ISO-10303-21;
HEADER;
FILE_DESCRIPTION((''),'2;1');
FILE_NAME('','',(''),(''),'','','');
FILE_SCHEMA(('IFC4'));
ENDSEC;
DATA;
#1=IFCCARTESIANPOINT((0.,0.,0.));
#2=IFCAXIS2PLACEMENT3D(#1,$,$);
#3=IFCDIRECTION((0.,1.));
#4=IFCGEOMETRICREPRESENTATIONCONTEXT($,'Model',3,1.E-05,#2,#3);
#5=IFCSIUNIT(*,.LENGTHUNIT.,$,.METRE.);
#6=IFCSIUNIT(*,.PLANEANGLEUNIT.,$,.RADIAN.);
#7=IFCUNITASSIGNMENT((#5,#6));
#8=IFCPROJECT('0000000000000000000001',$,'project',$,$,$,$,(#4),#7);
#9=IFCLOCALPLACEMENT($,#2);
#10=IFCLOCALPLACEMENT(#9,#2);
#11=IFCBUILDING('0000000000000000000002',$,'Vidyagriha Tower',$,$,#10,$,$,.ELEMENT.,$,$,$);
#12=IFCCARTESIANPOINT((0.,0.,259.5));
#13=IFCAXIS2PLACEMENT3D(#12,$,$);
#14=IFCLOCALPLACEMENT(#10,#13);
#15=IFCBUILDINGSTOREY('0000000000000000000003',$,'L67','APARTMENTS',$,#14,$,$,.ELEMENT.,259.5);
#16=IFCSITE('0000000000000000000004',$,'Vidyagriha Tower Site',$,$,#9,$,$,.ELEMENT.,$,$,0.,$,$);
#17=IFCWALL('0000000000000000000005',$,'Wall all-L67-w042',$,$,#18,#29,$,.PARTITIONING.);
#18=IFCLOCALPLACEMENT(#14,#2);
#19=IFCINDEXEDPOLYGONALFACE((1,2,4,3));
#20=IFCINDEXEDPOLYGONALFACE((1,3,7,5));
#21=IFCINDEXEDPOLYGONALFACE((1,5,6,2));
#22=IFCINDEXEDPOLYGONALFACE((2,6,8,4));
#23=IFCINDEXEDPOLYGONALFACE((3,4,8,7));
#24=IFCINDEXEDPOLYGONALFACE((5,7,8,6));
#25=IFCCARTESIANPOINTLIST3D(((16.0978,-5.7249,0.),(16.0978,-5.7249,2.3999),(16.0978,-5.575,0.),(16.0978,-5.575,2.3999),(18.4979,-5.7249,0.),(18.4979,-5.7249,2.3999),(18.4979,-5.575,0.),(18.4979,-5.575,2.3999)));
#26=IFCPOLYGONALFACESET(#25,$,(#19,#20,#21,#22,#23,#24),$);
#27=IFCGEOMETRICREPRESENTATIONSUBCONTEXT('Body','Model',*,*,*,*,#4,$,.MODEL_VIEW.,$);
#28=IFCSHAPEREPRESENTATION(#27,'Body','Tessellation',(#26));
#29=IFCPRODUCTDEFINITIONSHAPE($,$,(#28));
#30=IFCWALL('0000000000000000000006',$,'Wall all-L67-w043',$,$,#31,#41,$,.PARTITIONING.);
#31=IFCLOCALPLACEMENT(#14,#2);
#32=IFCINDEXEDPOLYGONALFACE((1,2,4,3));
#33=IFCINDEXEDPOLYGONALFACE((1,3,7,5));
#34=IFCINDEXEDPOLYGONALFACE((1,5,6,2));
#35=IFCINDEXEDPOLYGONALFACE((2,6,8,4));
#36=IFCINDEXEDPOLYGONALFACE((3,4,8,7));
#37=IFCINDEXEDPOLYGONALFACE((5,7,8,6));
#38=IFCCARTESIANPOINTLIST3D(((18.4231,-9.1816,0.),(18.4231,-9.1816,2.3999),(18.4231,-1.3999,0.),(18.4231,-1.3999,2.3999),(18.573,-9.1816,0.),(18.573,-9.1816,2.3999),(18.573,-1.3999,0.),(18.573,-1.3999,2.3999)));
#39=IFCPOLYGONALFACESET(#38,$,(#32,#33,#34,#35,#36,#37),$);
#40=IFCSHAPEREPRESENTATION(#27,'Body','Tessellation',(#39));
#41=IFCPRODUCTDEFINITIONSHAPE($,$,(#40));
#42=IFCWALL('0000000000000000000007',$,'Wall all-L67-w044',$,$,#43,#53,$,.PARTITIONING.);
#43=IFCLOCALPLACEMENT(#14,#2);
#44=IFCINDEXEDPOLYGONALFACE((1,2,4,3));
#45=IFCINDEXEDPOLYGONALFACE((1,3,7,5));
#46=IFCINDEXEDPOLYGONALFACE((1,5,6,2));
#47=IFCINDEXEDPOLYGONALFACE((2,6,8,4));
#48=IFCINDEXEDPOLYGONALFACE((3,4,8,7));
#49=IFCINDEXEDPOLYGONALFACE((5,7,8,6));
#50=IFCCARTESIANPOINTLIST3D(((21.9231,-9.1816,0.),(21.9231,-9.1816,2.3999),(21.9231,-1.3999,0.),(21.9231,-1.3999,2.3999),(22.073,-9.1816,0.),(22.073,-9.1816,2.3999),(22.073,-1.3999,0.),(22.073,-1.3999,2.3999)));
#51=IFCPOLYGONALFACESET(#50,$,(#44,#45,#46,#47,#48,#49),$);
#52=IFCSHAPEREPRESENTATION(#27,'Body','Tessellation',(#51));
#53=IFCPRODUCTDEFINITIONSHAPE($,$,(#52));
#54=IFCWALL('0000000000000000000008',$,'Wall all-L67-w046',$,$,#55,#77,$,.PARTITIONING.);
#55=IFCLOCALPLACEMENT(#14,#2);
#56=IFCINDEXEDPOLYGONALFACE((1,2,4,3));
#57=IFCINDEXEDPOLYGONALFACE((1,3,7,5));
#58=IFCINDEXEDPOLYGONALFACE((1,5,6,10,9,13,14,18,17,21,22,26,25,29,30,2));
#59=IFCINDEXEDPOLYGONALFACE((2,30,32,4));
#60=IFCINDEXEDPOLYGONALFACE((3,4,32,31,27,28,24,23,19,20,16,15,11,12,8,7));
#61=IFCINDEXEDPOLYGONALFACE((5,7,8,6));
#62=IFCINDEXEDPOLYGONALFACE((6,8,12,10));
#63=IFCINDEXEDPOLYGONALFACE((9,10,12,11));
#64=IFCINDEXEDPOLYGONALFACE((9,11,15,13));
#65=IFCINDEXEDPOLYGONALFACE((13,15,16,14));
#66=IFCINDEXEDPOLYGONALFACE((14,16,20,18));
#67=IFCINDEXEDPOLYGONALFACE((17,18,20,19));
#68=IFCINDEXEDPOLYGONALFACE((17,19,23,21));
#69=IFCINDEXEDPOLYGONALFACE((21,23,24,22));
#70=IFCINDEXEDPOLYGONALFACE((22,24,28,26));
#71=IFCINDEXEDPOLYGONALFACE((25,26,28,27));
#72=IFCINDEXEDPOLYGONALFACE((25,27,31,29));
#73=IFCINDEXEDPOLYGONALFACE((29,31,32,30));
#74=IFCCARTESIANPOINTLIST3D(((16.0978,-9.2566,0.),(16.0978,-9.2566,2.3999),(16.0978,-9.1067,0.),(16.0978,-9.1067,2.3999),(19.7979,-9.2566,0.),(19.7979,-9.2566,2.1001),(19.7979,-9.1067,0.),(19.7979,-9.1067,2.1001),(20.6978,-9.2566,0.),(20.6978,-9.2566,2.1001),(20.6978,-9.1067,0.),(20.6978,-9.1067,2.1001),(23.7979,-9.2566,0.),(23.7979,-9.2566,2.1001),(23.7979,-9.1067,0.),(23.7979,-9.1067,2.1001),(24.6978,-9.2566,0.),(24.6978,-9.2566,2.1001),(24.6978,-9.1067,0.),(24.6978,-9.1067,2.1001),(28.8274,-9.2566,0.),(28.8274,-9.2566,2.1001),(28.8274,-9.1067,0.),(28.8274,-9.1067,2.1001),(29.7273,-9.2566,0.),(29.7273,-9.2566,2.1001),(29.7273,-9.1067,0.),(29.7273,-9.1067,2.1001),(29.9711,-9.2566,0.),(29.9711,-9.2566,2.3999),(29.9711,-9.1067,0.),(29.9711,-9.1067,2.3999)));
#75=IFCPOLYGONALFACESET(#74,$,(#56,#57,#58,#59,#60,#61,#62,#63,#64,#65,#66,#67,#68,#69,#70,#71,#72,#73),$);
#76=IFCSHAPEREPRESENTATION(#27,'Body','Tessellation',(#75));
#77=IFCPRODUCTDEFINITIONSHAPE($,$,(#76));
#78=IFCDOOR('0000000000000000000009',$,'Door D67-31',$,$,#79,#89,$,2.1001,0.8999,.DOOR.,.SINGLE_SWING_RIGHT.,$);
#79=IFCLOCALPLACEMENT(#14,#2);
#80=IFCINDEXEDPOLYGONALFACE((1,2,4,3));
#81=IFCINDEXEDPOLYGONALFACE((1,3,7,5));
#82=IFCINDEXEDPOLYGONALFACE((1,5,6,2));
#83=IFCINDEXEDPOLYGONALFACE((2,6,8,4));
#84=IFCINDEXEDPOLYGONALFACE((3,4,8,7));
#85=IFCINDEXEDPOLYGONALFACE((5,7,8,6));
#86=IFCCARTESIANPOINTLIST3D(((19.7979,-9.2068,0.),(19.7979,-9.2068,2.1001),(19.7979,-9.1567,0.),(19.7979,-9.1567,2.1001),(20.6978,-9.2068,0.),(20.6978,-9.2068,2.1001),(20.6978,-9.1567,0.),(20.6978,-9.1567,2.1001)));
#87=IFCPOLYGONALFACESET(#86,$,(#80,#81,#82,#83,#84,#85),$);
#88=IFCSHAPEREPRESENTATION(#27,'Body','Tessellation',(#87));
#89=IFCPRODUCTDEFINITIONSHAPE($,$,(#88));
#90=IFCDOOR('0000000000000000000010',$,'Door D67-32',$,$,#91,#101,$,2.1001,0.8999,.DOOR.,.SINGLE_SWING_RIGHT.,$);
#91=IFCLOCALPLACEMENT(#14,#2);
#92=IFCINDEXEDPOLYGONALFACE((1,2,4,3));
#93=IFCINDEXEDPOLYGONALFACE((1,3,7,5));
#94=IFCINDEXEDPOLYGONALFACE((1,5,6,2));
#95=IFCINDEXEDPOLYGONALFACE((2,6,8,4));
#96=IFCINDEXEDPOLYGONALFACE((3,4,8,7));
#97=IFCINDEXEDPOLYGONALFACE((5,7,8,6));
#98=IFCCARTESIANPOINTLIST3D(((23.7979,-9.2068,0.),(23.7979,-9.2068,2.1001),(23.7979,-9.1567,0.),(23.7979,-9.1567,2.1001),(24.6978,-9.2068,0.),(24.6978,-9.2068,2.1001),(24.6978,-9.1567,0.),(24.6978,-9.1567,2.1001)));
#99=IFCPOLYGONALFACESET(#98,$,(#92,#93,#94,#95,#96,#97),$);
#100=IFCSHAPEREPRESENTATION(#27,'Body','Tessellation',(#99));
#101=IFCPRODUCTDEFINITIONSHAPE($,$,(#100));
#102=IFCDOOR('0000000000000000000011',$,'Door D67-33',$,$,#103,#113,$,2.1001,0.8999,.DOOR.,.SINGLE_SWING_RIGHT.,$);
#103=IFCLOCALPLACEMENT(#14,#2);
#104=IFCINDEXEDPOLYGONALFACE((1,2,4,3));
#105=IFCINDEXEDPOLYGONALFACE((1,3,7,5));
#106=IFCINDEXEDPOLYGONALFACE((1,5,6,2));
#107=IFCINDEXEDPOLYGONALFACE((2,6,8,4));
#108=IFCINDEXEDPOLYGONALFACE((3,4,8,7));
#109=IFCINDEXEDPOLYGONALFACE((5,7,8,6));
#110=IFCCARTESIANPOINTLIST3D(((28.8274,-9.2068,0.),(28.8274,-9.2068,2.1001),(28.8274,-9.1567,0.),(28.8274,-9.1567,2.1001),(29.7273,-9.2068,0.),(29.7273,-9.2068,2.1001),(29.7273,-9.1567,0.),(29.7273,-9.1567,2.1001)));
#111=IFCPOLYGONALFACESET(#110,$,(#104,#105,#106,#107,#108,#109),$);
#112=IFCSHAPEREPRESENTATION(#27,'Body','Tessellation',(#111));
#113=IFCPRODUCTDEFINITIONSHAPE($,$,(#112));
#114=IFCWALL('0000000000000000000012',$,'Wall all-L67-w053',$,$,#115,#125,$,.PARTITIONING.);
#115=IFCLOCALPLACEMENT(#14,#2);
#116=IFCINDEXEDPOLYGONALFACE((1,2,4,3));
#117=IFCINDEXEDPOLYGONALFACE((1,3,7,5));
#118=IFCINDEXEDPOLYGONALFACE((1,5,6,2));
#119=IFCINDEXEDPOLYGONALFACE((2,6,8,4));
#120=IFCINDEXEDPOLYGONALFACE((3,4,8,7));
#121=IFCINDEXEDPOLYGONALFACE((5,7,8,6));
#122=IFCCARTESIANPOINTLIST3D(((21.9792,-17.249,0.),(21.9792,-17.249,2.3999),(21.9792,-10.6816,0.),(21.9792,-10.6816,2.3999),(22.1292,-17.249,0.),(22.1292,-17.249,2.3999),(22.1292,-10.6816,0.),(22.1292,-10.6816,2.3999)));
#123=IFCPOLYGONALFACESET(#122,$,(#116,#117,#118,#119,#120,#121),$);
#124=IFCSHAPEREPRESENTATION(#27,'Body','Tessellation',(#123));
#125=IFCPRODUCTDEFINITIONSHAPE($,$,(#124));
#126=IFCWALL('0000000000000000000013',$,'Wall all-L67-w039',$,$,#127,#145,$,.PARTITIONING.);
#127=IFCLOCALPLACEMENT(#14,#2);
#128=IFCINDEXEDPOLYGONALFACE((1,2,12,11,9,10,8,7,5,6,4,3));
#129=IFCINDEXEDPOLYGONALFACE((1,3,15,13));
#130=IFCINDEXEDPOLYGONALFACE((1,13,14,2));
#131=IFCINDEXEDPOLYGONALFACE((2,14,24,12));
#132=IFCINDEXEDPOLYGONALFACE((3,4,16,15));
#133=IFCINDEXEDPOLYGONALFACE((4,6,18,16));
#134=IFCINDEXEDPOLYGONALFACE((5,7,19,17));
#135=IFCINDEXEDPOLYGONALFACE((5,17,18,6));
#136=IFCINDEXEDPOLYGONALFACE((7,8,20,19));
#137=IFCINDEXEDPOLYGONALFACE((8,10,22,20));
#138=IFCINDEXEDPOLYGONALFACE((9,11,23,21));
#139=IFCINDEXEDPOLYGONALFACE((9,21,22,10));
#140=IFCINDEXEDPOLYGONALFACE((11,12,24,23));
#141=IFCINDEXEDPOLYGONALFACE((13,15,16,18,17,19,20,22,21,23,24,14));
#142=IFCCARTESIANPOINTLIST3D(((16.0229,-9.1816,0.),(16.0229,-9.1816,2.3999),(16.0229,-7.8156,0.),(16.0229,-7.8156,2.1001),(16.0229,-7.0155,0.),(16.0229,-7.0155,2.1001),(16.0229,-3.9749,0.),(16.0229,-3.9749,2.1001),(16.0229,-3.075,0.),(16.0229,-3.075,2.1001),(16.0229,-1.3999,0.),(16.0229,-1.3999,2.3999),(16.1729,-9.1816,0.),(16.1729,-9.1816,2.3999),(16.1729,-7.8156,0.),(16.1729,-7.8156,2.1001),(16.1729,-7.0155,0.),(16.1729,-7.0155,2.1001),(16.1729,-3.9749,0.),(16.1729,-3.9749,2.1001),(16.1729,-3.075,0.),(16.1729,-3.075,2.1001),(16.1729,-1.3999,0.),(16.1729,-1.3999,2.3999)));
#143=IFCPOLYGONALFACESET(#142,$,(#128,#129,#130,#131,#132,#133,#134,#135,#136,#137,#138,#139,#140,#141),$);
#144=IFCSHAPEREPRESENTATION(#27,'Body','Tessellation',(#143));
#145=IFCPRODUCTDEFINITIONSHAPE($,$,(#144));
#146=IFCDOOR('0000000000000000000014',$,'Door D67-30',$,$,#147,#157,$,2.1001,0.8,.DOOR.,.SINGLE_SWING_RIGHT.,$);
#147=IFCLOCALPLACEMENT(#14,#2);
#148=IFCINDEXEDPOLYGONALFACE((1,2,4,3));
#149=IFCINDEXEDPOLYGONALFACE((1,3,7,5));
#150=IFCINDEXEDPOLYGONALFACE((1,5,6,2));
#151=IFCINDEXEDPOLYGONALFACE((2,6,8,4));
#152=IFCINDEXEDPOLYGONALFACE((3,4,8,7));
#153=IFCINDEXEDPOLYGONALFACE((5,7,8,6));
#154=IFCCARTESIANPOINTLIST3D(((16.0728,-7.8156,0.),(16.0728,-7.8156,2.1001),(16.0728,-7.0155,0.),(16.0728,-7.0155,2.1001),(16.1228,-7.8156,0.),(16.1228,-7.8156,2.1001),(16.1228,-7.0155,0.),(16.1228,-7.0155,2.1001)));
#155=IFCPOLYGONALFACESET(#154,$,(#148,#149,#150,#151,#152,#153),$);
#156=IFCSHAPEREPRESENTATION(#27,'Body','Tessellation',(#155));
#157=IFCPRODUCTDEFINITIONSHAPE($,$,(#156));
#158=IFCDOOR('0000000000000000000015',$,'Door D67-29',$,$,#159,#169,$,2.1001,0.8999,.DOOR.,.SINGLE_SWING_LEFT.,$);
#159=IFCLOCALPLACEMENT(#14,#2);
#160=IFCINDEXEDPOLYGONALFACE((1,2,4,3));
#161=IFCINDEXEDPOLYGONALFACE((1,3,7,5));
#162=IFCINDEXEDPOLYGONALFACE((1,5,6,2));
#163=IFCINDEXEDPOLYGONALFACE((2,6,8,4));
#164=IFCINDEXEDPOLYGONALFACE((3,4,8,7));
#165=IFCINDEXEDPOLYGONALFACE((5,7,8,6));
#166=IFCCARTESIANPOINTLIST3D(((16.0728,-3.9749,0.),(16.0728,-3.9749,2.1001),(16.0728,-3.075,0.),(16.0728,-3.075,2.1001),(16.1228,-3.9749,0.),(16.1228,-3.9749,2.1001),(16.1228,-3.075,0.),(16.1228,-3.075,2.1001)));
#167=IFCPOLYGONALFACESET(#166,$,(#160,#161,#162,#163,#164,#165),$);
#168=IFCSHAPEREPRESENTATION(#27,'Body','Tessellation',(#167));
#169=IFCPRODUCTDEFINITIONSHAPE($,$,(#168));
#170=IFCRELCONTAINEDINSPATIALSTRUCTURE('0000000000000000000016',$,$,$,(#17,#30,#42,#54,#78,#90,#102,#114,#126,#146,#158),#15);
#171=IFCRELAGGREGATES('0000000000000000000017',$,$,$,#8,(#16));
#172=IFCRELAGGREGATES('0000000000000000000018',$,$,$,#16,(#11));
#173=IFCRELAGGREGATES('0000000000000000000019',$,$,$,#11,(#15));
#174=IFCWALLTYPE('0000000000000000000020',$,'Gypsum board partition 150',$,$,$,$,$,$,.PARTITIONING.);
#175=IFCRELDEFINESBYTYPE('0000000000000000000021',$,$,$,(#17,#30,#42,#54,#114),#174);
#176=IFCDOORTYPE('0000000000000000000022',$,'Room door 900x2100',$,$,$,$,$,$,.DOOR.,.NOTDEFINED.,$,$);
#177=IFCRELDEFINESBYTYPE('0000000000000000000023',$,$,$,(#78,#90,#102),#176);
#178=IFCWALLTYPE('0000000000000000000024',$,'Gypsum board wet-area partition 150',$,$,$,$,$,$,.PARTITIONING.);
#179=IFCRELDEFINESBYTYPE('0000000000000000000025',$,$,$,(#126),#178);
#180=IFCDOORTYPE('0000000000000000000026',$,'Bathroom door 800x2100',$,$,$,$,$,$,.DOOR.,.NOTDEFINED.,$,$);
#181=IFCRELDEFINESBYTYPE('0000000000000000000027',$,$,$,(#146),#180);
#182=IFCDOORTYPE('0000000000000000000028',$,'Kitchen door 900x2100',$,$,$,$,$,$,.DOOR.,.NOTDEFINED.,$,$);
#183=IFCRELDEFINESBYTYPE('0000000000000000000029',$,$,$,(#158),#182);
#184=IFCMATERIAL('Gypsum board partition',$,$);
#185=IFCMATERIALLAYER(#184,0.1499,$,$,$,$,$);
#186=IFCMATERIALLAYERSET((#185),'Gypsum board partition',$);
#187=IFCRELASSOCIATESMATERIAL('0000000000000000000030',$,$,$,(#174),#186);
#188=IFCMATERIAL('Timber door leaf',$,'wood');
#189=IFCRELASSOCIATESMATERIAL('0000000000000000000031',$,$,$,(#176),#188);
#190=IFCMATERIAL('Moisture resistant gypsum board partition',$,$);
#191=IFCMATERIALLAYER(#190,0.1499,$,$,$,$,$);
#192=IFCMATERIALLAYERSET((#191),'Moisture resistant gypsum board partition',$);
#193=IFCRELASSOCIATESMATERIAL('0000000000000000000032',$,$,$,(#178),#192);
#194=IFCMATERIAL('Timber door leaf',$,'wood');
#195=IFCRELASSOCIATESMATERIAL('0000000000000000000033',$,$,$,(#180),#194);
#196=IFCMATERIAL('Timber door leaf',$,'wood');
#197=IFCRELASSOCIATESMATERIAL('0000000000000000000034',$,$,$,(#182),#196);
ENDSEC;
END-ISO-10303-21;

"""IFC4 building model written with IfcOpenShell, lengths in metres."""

from ifc_helpers import new_model, si_unit, direction, frame, frame_2d, origin, place, context, subcontext, project, spatial, rectangle, extrude, material, layer, layer_set, type_object, element, fill, save


model = new_model("IFC4")

# Units and contexts
model_context = context("Model", 3, precision=1e-05, world=origin(), true_north=direction((0.0, 1.0)))
body_context = subcontext(model_context, "Body", "Model", "MODEL_VIEW")
ifc_project = project(units=[si_unit("LENGTHUNIT", "METRE"), si_unit("PLANEANGLEUNIT", "RADIAN")], contexts=[model_context])

# Site, building, storey
site_placement = place(None, origin())
site = spatial("IfcSite", under=ifc_project, at=site_placement, Name="Vidyagriha Tower Site", CompositionType="ELEMENT", RefElevation=0.0)
building_placement = place(site_placement, origin())
building = spatial("IfcBuilding", under=site, at=building_placement, Name="Vidyagriha Tower", CompositionType="ELEMENT")
storey_placement = place(building_placement, frame((0.0, 0.0, 259.5)))
storey = spatial("IfcBuildingStorey", under=building, at=storey_placement, Name="L67", Description="APARTMENTS", CompositionType="ELEMENT", Elevation=259.5)

# Shared definitions
ifc_material_1 = material(Name="Gypsum board partition")
ifc_layer_1 = layer(ifc_material_1, 0.1499)
ifc_layer_set_1 = layer_set([ifc_layer_1], Name="Gypsum board partition")
wall_type_1 = type_object("IfcWallType", Name="Gypsum board partition 150", PredefinedType="PARTITIONING", material=ifc_layer_set_1)
ifc_material_2 = material(Name="Timber door leaf", Category="wood")
door_type_1 = type_object("IfcDoorType", Name="Room door 900x2100", OperationType="NOTDEFINED", PredefinedType="DOOR", material=ifc_material_2)

# Walls
wall_1_placement = place(storey_placement, frame((18.498, -5.6499, 0.0), z_axis=(0.0, 0.0, 1.0), x_axis=(-1.0, 0.0, 0.0)))
element("IfcWall", 1, at=wall_1_placement, inside=storey, type_object=wall_type_1, Name="Wall all-L67-w042", PredefinedType="PARTITIONING", context=body_context, shape_type="SweptSolid", body=[
    extrude(rectangle(XDim=2.4001, YDim=0.1499, at=frame_2d((1.2002, 0.0))), origin(), (0.0, 0.0, 1.0), 2.3999),
])
for number, where, z_axis, x_axis, name in (
    (2, (18.498, -1.3999, 0.0), (0.0, 0.0, 1.0), (0.0, -1.0, 0.0), "Wall all-L67-w043"),
    (3, (21.998, -1.3999, 0.0), (0.0, 0.0, 1.0), (0.0, -1.0, 0.0), "Wall all-L67-w044"),
):
    element("IfcWall", number, at=place(storey_placement, frame(where, z_axis=z_axis, x_axis=x_axis)), inside=storey, type_object=wall_type_1, Name=name, PredefinedType="PARTITIONING", context=body_context, shape_type="SweptSolid", body=[
        extrude(rectangle(XDim=7.7817, YDim=0.1499, at=frame_2d((3.8909, 0.0))), origin(), (0.0, 0.0, 1.0), 2.3999),
    ])

# Wall, openings, doors
wall_2_placement = place(storey_placement, frame((16.0979, -9.1816, 0.0)))
wall_2 = element("IfcWall", 4, at=wall_2_placement, inside=storey, type_object=wall_type_1, Name="Wall all-L67-w046", PredefinedType="PARTITIONING", context=body_context, shape_type="SweptSolid", body=[
    extrude(rectangle(XDim=13.8733, YDim=0.1499, at=frame_2d((6.9365, 0.0))), origin(), (0.0, 0.0, 1.0), 2.3999),
])
opening_1_placement = place(wall_2_placement, frame((3.7, 0.0, 0.0)))
opening_1 = element("IfcOpeningElement", 5, at=opening_1_placement, cuts=wall_2, PredefinedType="OPENING", context=body_context, shape_type="SweptSolid", body=[
    extrude(rectangle(XDim=0.8999, YDim=2.1001, at=frame_2d((0.45, 1.05))), frame((0.0, 0.085, 0.0), z_axis=(0.0, -1.0, 0.0), x_axis=(1.0, 0.0, 0.0)), (0.0, 0.0, 1.0), 0.1699),
])
opening_2_placement = place(wall_2_placement, frame((7.7, 0.0, 0.0)))
opening_2 = element("IfcOpeningElement", 6, at=opening_2_placement, cuts=wall_2, PredefinedType="OPENING", context=body_context, shape_type="SweptSolid", body=[
    extrude(rectangle(XDim=0.8999, YDim=2.1001, at=frame_2d((0.45, 1.05))), frame((0.0, 0.085, 0.0), z_axis=(0.0, -1.0, 0.0), x_axis=(1.0, 0.0, 0.0)), (0.0, 0.0, 1.0), 0.1699),
])
opening_3_placement = place(wall_2_placement, frame((12.7295, 0.0, 0.0)))
opening_3 = element("IfcOpeningElement", 7, at=opening_3_placement, cuts=wall_2, PredefinedType="OPENING", context=body_context, shape_type="SweptSolid", body=[
    extrude(rectangle(XDim=0.8999, YDim=2.1001, at=frame_2d((0.45, 1.05))), frame((0.0, 0.085, 0.0), z_axis=(0.0, -1.0, 0.0), x_axis=(1.0, 0.0, 0.0)), (0.0, 0.0, 1.0), 0.1699),
])
door_1_placement = place(opening_1_placement, origin())
door_1 = element("IfcDoor", 8, at=door_1_placement, inside=storey, type_object=door_type_1, Name="Door D67-31", OperationType="SINGLE_SWING_RIGHT", OverallHeight=2.1001, OverallWidth=0.8999, PredefinedType="DOOR", context=body_context, shape_type="SweptSolid", body=[
    extrude(rectangle(XDim=0.8999, YDim=2.1001, at=frame_2d((0.45, 1.05))), frame((0.0, 0.0249, 0.0), z_axis=(0.0, -1.0, 0.0), x_axis=(1.0, 0.0, 0.0)), (0.0, 0.0, 1.0), 0.05),
])
fill(opening_1, door_1)
door_2_placement = place(opening_2_placement, origin())
door_2 = element("IfcDoor", 9, at=door_2_placement, inside=storey, type_object=door_type_1, Name="Door D67-32", OperationType="SINGLE_SWING_RIGHT", OverallHeight=2.1001, OverallWidth=0.8999, PredefinedType="DOOR", context=body_context, shape_type="SweptSolid", body=[
    extrude(rectangle(XDim=0.8999, YDim=2.1001, at=frame_2d((0.45, 1.05))), frame((0.0, 0.0249, 0.0), z_axis=(0.0, -1.0, 0.0), x_axis=(1.0, 0.0, 0.0)), (0.0, 0.0, 1.0), 0.05),
])
fill(opening_2, door_2)
door_3_placement = place(opening_3_placement, origin())
door_3 = element("IfcDoor", 10, at=door_3_placement, inside=storey, type_object=door_type_1, Name="Door D67-33", OperationType="SINGLE_SWING_RIGHT", OverallHeight=2.1001, OverallWidth=0.8999, PredefinedType="DOOR", context=body_context, shape_type="SweptSolid", body=[
    extrude(rectangle(XDim=0.8999, YDim=2.1001, at=frame_2d((0.45, 1.05))), frame((0.0, 0.0249, 0.0), z_axis=(0.0, -1.0, 0.0), x_axis=(1.0, 0.0, 0.0)), (0.0, 0.0, 1.0), 0.05),
])
fill(opening_3, door_3)

# Wall
wall_3_placement = place(storey_placement, frame((22.0542, -10.6816, 0.0), z_axis=(0.0, 0.0, 1.0), x_axis=(0.0, -1.0, 0.0)))
element("IfcWall", 11, at=wall_3_placement, inside=storey, type_object=wall_type_1, Name="Wall all-L67-w053", PredefinedType="PARTITIONING", context=body_context, shape_type="SweptSolid", body=[
    extrude(rectangle(XDim=6.5674, YDim=0.1499, at=frame_2d((3.2837, 0.0))), origin(), (0.0, 0.0, 1.0), 2.3999),
])

# Wall, openings, doors
ifc_material_3 = material(Name="Moisture resistant gypsum board partition")
ifc_layer_2 = layer(ifc_material_3, 0.1499)
ifc_layer_set_2 = layer_set([ifc_layer_2], Name="Moisture resistant gypsum board partition")
wall_type_2 = type_object("IfcWallType", Name="Gypsum board wet-area partition 150", PredefinedType="PARTITIONING", material=ifc_layer_set_2)
wall_4_placement = place(storey_placement, frame((16.0979, -1.3999, 0.0), z_axis=(0.0, 0.0, 1.0), x_axis=(0.0, -1.0, 0.0)))
wall_4 = element("IfcWall", 12, at=wall_4_placement, inside=storey, type_object=wall_type_2, Name="Wall all-L67-w039", PredefinedType="PARTITIONING", context=body_context, shape_type="SweptSolid", body=[
    extrude(rectangle(XDim=7.7817, YDim=0.1499, at=frame_2d((3.8909, 0.0))), origin(), (0.0, 0.0, 1.0), 2.3999),
])
opening_4_placement = place(wall_4_placement, frame((1.675, 0.0, 0.0)))
opening_4 = element("IfcOpeningElement", 13, at=opening_4_placement, cuts=wall_4, PredefinedType="OPENING", context=body_context, shape_type="SweptSolid", body=[
    extrude(rectangle(XDim=0.8999, YDim=2.1001, at=frame_2d((0.45, 1.05))), frame((0.0, 0.085, 0.0), z_axis=(0.0, -1.0, 0.0), x_axis=(1.0, 0.0, 0.0)), (0.0, 0.0, 1.0), 0.1699),
])
opening_5_placement = place(wall_4_placement, frame((5.6157, 0.0, 0.0)))
opening_5 = element("IfcOpeningElement", 14, at=opening_5_placement, cuts=wall_4, PredefinedType="OPENING", context=body_context, shape_type="SweptSolid", body=[
    extrude(rectangle(XDim=0.8, YDim=2.1001, at=frame_2d((0.3999, 1.05))), frame((0.0, 0.085, 0.0), z_axis=(0.0, -1.0, 0.0), x_axis=(1.0, 0.0, 0.0)), (0.0, 0.0, 1.0), 0.1699),
])
ifc_material_4 = material(Name="Timber door leaf", Category="wood")
door_type_2 = type_object("IfcDoorType", Name="Bathroom door 800x2100", OperationType="NOTDEFINED", PredefinedType="DOOR", material=ifc_material_4)
door_4_placement = place(opening_5_placement, origin())
door_4 = element("IfcDoor", 15, at=door_4_placement, inside=storey, type_object=door_type_2, Name="Door D67-30", OperationType="SINGLE_SWING_RIGHT", OverallHeight=2.1001, OverallWidth=0.8, PredefinedType="DOOR", context=body_context, shape_type="SweptSolid", body=[
    extrude(rectangle(XDim=0.8, YDim=2.1001, at=frame_2d((0.3999, 1.05))), frame((0.0, 0.0249, 0.0), z_axis=(0.0, -1.0, 0.0), x_axis=(1.0, 0.0, 0.0)), (0.0, 0.0, 1.0), 0.05),
])
fill(opening_5, door_4)
ifc_material_5 = material(Name="Timber door leaf", Category="wood")
door_type_3 = type_object("IfcDoorType", Name="Kitchen door 900x2100", OperationType="NOTDEFINED", PredefinedType="DOOR", material=ifc_material_5)
door_5_placement = place(opening_4_placement, origin())
door_5 = element("IfcDoor", 16, at=door_5_placement, inside=storey, type_object=door_type_3, Name="Door D67-29", OperationType="SINGLE_SWING_LEFT", OverallHeight=2.1001, OverallWidth=0.8999, PredefinedType="DOOR", context=body_context, shape_type="SweptSolid", body=[
    extrude(rectangle(XDim=0.8999, YDim=2.1001, at=frame_2d((0.45, 1.05))), frame((0.0, 0.0249, 0.0), z_axis=(0.0, -1.0, 0.0), x_axis=(1.0, 0.0, 0.0)), (0.0, 0.0, 1.0), 0.05),
])
fill(opening_4, door_5)

save(model, "model.ifc")
